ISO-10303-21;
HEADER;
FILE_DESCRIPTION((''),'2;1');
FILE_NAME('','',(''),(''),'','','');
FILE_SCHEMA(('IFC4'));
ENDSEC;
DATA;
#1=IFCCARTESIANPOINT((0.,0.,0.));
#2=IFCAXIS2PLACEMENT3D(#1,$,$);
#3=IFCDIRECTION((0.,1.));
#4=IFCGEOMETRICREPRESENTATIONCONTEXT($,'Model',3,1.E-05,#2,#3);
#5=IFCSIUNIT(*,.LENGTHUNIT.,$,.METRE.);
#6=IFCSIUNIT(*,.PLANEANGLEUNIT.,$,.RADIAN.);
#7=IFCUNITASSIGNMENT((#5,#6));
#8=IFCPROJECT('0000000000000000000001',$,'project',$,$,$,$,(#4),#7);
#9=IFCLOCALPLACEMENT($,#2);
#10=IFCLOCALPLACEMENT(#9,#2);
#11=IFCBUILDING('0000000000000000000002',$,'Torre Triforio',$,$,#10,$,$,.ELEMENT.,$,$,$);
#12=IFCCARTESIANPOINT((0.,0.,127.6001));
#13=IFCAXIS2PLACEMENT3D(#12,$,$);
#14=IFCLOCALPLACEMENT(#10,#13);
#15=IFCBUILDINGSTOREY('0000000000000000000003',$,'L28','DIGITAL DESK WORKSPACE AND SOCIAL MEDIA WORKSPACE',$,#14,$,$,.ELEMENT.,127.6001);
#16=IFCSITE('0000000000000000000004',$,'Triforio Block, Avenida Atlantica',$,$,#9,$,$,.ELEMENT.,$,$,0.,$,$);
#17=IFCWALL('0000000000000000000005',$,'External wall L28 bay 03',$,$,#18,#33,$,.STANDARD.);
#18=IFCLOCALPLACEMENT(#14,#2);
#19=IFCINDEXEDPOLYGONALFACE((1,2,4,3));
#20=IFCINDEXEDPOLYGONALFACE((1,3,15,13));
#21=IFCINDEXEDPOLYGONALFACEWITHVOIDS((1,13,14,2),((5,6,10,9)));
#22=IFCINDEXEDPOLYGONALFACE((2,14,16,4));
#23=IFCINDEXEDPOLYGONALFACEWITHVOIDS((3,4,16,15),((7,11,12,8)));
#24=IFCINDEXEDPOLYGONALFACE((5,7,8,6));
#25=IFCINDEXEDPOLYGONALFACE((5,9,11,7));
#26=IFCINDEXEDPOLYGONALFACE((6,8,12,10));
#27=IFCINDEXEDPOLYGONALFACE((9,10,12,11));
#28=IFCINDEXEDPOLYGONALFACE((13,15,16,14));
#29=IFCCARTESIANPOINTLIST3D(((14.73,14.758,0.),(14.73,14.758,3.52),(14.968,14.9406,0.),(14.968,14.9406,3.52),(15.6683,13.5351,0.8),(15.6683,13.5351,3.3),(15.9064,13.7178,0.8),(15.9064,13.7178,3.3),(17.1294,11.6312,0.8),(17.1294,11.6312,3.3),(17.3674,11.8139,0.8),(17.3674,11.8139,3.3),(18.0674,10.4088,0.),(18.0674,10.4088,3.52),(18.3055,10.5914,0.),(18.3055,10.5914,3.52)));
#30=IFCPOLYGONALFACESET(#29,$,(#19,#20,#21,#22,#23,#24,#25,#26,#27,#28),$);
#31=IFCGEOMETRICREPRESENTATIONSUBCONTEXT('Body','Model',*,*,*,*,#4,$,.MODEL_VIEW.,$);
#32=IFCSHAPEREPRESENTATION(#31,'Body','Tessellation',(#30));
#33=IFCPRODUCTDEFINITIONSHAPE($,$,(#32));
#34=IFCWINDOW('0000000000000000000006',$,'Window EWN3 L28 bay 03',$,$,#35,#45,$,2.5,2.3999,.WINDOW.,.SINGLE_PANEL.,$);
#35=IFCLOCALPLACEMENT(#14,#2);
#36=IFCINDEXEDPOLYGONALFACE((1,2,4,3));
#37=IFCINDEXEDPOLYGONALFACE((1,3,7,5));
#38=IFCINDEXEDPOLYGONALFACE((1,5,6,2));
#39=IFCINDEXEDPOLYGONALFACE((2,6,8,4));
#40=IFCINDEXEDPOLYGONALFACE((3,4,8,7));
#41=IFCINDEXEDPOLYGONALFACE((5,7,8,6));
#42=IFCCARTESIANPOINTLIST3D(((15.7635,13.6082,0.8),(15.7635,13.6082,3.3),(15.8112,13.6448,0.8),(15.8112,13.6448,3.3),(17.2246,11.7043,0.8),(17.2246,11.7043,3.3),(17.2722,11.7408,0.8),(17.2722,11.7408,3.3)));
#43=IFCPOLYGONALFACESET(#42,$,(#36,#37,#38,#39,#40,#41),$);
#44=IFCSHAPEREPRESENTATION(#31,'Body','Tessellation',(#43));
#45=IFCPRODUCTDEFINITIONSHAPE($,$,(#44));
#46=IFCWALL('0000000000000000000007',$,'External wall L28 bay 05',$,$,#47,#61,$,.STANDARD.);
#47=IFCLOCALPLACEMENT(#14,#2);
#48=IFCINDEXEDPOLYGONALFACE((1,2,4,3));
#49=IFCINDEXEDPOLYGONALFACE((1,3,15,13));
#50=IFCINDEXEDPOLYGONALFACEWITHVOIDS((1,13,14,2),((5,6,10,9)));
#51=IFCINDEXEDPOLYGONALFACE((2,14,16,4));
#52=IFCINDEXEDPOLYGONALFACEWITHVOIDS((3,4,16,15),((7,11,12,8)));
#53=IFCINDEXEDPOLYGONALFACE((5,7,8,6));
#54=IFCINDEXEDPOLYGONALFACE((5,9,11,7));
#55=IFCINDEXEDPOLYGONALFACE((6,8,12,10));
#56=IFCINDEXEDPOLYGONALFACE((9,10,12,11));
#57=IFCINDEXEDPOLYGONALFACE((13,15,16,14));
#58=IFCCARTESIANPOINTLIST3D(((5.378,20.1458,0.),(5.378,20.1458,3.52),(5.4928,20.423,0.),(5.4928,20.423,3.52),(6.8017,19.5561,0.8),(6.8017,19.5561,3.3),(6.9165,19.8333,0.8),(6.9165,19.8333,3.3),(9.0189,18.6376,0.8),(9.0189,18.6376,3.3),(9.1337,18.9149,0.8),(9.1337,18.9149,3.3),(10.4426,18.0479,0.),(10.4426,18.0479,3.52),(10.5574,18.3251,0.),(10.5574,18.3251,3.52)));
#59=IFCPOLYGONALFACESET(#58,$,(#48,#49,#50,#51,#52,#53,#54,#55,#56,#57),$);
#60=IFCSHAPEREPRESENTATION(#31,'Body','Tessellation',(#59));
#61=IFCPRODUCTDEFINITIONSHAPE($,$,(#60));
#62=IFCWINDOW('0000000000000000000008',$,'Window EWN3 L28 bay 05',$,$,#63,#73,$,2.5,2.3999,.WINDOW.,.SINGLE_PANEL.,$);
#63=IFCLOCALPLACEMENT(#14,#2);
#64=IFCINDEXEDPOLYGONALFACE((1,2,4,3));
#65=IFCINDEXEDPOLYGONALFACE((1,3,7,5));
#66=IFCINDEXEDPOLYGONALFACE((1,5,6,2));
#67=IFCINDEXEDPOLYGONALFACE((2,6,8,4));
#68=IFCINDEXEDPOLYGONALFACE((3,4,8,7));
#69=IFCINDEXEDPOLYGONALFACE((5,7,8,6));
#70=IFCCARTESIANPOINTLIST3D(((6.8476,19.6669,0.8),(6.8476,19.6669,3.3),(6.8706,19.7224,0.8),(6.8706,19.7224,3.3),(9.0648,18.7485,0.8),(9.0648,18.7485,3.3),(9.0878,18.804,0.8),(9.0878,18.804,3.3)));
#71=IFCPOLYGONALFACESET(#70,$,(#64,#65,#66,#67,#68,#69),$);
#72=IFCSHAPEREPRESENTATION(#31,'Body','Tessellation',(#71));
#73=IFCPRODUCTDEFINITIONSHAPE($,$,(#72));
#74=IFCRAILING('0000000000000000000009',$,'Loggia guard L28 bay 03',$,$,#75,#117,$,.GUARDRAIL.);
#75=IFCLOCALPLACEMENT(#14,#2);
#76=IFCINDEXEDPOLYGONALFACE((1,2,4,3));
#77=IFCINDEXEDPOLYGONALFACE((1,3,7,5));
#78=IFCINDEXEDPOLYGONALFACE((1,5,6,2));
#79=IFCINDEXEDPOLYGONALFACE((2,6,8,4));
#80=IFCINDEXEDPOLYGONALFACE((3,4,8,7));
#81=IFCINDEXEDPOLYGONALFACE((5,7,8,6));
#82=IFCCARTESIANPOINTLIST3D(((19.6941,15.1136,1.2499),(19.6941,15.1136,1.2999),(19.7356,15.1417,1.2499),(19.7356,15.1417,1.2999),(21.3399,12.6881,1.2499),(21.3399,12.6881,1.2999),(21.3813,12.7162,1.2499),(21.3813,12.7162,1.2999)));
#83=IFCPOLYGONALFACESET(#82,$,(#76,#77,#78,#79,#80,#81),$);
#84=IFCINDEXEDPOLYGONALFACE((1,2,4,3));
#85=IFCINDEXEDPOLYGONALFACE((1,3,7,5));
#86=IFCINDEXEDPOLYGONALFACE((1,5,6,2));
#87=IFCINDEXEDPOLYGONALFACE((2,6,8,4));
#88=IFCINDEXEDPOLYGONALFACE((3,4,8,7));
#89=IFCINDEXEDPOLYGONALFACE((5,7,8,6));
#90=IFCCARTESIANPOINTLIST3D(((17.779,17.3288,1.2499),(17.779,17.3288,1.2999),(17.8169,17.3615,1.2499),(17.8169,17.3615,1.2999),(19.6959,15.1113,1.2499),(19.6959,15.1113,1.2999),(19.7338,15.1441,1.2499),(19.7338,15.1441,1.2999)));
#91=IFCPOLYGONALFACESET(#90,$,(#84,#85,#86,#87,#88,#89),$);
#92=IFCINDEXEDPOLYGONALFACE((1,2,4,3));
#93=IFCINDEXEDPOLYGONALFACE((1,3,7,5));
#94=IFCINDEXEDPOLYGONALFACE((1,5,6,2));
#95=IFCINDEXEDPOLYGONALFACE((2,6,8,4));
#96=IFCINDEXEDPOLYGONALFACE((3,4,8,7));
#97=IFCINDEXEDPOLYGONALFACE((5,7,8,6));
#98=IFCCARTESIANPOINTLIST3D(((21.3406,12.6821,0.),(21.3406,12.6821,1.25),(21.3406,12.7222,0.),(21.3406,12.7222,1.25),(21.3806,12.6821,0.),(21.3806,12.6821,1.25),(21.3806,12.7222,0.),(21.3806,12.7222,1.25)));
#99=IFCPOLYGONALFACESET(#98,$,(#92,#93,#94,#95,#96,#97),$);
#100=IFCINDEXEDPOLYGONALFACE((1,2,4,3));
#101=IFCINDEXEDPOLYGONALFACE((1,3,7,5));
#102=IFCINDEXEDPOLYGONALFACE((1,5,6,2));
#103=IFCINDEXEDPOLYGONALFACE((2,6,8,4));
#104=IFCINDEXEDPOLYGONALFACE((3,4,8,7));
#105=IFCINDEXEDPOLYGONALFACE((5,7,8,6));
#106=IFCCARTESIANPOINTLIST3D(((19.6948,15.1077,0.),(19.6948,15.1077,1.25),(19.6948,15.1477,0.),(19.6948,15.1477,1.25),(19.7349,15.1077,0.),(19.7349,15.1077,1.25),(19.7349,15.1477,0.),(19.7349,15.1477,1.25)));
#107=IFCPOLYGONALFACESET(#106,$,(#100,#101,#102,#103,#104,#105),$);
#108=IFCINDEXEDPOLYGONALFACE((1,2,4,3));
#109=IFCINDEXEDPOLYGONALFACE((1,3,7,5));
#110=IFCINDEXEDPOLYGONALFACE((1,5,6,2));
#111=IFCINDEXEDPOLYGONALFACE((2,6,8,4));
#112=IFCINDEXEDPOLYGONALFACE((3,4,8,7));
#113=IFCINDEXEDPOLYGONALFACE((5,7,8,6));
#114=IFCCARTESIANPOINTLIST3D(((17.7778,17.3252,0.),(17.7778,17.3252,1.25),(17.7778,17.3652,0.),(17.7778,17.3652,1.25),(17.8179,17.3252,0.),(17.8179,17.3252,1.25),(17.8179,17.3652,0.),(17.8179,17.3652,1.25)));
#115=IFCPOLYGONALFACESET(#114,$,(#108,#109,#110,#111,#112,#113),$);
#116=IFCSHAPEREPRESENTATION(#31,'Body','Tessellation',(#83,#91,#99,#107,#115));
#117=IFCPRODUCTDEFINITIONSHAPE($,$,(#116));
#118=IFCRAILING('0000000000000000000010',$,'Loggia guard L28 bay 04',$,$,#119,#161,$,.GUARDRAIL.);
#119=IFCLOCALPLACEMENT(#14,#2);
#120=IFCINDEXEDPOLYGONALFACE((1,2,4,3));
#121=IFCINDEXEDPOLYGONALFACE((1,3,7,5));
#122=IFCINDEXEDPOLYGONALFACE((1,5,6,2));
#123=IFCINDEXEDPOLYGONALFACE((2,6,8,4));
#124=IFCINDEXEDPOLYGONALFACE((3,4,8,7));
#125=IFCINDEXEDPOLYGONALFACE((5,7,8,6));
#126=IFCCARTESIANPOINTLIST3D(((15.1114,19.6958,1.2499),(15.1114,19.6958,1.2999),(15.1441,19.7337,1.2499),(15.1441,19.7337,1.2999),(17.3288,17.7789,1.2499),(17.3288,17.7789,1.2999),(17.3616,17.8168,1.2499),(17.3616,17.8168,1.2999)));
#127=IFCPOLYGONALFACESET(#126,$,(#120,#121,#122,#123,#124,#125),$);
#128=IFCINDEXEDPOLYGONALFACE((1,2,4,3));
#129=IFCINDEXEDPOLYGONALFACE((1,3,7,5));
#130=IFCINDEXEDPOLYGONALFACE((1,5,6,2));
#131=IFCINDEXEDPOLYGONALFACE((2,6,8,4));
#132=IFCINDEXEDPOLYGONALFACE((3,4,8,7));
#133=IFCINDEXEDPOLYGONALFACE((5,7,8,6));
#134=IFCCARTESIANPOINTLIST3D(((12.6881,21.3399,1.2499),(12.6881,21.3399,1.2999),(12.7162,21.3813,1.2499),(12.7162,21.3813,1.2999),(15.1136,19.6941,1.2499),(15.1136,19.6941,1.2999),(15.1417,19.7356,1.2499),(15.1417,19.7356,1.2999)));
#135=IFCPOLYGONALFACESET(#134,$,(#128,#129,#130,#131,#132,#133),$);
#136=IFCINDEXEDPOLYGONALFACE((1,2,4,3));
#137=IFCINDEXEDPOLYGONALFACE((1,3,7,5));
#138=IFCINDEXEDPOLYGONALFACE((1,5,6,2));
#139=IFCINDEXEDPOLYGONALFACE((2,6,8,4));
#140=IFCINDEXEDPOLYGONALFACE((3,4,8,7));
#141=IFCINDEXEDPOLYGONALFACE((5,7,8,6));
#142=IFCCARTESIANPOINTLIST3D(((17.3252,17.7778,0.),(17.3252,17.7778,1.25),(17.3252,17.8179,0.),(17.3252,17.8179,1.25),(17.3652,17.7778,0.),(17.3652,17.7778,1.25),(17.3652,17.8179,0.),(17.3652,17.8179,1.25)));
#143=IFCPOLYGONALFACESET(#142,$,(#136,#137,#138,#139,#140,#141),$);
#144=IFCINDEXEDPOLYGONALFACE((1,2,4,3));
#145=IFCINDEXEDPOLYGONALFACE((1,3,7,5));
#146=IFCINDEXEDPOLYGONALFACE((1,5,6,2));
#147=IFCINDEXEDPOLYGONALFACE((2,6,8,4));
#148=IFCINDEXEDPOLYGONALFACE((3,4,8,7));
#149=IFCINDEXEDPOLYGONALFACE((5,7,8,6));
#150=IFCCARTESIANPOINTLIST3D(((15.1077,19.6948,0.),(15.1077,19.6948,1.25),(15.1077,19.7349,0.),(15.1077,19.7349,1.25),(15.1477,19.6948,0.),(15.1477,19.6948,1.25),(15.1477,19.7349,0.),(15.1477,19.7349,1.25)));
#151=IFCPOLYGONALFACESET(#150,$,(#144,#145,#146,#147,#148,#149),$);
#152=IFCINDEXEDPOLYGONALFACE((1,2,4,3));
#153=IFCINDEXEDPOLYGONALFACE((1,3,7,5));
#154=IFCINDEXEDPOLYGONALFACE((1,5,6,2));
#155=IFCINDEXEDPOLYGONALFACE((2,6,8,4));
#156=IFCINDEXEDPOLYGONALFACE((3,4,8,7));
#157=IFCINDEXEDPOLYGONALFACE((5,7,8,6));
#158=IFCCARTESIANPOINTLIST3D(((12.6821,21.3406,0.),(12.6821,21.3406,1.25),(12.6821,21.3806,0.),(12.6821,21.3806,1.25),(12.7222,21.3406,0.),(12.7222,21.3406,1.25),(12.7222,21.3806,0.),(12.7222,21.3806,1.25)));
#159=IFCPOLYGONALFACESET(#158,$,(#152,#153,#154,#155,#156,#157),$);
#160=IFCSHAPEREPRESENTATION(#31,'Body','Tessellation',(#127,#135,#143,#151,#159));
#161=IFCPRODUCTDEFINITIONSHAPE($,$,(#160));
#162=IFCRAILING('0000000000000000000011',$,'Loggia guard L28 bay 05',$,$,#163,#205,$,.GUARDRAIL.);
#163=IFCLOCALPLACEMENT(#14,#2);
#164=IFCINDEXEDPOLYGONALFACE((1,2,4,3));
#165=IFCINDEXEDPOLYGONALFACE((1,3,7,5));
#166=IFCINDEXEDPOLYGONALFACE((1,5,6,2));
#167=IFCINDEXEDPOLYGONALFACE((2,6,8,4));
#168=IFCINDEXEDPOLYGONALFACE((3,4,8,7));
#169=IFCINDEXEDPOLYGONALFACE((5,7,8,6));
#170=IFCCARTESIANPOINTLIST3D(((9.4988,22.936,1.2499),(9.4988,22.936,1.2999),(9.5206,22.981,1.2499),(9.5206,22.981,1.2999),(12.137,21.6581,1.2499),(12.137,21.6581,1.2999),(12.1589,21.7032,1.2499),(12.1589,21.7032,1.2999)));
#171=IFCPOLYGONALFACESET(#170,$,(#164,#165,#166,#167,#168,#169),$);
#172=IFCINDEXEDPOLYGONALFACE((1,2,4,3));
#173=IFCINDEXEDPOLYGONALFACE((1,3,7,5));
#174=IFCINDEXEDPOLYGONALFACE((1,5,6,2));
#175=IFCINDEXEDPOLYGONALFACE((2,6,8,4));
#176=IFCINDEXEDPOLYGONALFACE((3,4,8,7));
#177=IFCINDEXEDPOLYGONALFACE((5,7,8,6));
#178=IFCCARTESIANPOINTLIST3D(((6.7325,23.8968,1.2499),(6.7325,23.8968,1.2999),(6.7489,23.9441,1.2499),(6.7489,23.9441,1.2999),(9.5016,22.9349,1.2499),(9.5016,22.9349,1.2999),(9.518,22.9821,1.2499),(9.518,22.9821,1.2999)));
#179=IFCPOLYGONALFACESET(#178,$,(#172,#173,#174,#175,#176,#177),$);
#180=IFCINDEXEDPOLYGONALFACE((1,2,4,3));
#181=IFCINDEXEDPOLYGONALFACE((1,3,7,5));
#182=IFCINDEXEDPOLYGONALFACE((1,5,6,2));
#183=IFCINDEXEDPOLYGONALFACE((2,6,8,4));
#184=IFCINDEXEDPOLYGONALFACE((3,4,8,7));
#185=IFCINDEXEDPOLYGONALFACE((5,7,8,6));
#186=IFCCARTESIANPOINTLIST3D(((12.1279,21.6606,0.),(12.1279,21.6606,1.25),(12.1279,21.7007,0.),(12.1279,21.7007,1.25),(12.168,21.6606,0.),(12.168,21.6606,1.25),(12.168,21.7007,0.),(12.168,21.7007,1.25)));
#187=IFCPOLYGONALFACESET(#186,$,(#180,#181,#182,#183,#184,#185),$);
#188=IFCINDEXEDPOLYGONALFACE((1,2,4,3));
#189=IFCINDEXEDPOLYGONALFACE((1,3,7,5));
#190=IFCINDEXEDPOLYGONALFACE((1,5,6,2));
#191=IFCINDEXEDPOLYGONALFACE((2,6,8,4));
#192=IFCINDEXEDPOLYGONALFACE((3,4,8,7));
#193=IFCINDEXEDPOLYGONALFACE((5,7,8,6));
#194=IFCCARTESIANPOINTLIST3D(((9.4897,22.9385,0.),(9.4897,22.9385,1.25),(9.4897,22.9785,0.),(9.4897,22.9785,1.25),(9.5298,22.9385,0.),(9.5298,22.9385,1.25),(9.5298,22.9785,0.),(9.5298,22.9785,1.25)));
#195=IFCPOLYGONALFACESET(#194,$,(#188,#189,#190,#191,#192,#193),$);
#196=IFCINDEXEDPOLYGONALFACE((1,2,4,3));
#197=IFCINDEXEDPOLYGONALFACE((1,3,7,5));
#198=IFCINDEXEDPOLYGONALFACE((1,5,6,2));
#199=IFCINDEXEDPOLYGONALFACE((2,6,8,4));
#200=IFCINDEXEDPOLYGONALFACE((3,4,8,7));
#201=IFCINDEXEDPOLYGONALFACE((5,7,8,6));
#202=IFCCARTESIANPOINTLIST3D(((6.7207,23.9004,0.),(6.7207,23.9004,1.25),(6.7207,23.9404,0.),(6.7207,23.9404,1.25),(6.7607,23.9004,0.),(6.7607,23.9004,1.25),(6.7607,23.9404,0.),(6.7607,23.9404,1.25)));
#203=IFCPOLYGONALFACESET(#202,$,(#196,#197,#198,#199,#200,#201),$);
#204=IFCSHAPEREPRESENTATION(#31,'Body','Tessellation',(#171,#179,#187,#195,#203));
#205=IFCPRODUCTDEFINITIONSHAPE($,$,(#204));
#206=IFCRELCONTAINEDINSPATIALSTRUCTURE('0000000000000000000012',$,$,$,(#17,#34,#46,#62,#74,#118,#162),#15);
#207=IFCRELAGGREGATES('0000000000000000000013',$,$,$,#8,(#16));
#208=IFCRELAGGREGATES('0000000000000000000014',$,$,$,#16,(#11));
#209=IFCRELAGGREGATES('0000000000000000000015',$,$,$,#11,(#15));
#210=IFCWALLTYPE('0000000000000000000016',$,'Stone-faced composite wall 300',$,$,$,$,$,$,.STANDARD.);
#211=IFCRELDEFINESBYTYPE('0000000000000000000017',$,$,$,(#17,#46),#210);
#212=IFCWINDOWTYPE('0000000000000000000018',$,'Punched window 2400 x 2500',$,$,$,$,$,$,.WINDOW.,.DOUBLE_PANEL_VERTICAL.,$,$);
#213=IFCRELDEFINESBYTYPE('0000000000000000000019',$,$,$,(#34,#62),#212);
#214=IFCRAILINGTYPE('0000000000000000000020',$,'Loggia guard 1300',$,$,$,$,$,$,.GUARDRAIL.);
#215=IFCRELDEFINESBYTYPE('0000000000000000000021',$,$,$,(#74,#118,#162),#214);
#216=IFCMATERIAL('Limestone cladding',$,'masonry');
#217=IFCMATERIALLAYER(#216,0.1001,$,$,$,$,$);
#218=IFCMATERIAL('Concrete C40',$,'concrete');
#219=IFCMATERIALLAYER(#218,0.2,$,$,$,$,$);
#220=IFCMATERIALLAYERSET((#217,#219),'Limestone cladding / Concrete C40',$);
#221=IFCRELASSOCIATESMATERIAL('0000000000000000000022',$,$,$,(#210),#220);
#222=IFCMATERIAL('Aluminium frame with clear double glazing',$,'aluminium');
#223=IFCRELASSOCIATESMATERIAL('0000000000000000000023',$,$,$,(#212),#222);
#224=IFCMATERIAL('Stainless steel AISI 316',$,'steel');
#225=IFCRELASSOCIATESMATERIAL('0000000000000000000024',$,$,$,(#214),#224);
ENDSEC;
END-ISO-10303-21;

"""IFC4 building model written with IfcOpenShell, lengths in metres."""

from ifc_helpers import new_model, si_unit, direction, frame, frame_2d, origin, origin_2d, place, context, subcontext, project, spatial, rectangle, extrude, material, layer, layer_set, type_object, element, fill, save


model = new_model("IFC4")

# Units and contexts
model_context = context("Model", 3, precision=1e-05, world=origin(), true_north=direction((0.0, 1.0)))
body_context = subcontext(model_context, "Body", "Model", "MODEL_VIEW")
ifc_project = project(units=[si_unit("LENGTHUNIT", "METRE"), si_unit("PLANEANGLEUNIT", "RADIAN")], contexts=[model_context])

# Site, building, storey
site_placement = place(None, origin())
site = spatial("IfcSite", under=ifc_project, at=site_placement, Name="Triforio Block, Avenida Atlantica", CompositionType="ELEMENT", RefElevation=0.0)
building_placement = place(site_placement, origin())
building = spatial("IfcBuilding", under=site, at=building_placement, Name="Torre Triforio", CompositionType="ELEMENT")
storey_placement = place(building_placement, frame((0.0, 0.0, 127.6001)))
storey = spatial("IfcBuildingStorey", under=building, at=storey_placement, Name="L28", Description="DIGITAL DESK WORKSPACE AND SOCIAL MEDIA WORKSPACE", CompositionType="ELEMENT", Elevation=127.6001)

# Shared definitions
ifc_material_1 = material(Name="Limestone cladding", Category="masonry")
ifc_material_2 = material(Name="Concrete C40", Category="concrete")

# Wall, opening, window
ifc_layer_1 = layer(ifc_material_1, 0.1001)
ifc_layer_2 = layer(ifc_material_2, 0.2)
ifc_layer_set_1 = layer_set([ifc_layer_1, ifc_layer_2], Name="Limestone cladding / Concrete C40")
wall_type_1 = type_object("IfcWallType", Name="Stone-faced composite wall 300", PredefinedType="STANDARD", material=ifc_layer_set_1)
wall_1_placement = place(storey_placement, frame((18.1865, 10.5, 0.0), z_axis=(0.0, 0.0, 1.0), x_axis=(-0.608785, 0.793335, 0.0)))
wall_1 = element("IfcWall", 1, at=wall_1_placement, inside=storey, type_object=wall_type_1, Name="External wall L28 bay 03", PredefinedType="STANDARD", context=body_context, shape_type="SweptSolid", body=[
    extrude(rectangle(XDim=5.4822, YDim=0.3, at=frame_2d((2.7412, 0.0))), origin(), (0.0, 0.0, 1.0), 3.52),
])
opening_1_placement = place(wall_1_placement, frame((1.541, 0.0, 0.8)))
opening_1 = element("IfcOpeningElement", 2, at=opening_1_placement, cuts=wall_1, PredefinedType="OPENING", context=body_context, shape_type="SweptSolid", body=[
    extrude(rectangle(XDim=2.3999, YDim=2.5, at=frame_2d((1.2, 1.25))), frame((0.0, 0.1599, 0.0), z_axis=(0.0, -1.0, 0.0), x_axis=(1.0, 0.0, 0.0)), (0.0, 0.0, 1.0), 0.3201),
])
ifc_material_3 = material(Name="Aluminium frame with clear double glazing", Category="aluminium")
window_type_1 = type_object("IfcWindowType", Name="Punched window 2400 x 2500", PartitioningType="DOUBLE_PANEL_VERTICAL", PredefinedType="WINDOW", material=ifc_material_3)
window_1_placement = place(opening_1_placement, origin())
window_1 = element("IfcWindow", 3, at=window_1_placement, inside=storey, type_object=window_type_1, Name="Window EWN3 L28 bay 03", OverallHeight=2.5, OverallWidth=2.3999, PartitioningType="SINGLE_PANEL", PredefinedType="WINDOW", context=body_context, shape_type="SweptSolid", body=[
    extrude(rectangle(XDim=2.3999, YDim=2.5, at=frame_2d((1.2, 1.25))), frame((0.0, 0.03, 0.0), z_axis=(0.0, -1.0, 0.0), x_axis=(1.0, 0.0, 0.0)), (0.0, 0.0, 1.0), 0.0601),
])
fill(opening_1, window_1)

# Wall, opening, window
wall_2_placement = place(storey_placement, frame((10.5, 18.1865, 0.0), z_axis=(0.0, 0.0, 1.0), x_axis=(-0.923877, 0.382689, 0.0)))
wall_2 = element("IfcWall", 4, at=wall_2_placement, inside=storey, type_object=wall_type_1, Name="External wall L28 bay 05", PredefinedType="STANDARD", context=body_context, shape_type="SweptSolid", body=[
    extrude(rectangle(XDim=5.4819, YDim=0.3, at=frame_2d((2.741, 0.0))), origin(), (0.0, 0.0, 1.0), 3.52),
])
opening_2_placement = place(wall_2_placement, frame((1.541, 0.0, 0.8)))
opening_2 = element("IfcOpeningElement", 5, at=opening_2_placement, cuts=wall_2, PredefinedType="OPENING", context=body_context, shape_type="SweptSolid", body=[
    extrude(rectangle(XDim=2.3999, YDim=2.5, at=frame_2d((1.2, 1.25))), frame((0.0, 0.1599, 0.0), z_axis=(0.0, -1.0, 0.0), x_axis=(1.0, 0.0, 0.0)), (0.0, 0.0, 1.0), 0.3201),
])
window_2_placement = place(opening_2_placement, origin())
window_2 = element("IfcWindow", 6, at=window_2_placement, inside=storey, type_object=window_type_1, Name="Window EWN3 L28 bay 05", OverallHeight=2.5, OverallWidth=2.3999, PartitioningType="SINGLE_PANEL", PredefinedType="WINDOW", context=body_context, shape_type="SweptSolid", body=[
    extrude(rectangle(XDim=2.3999, YDim=2.5, at=frame_2d((1.2, 1.25))), frame((0.0, 0.03, 0.0), z_axis=(0.0, -1.0, 0.0), x_axis=(1.0, 0.0, 0.0)), (0.0, 0.0, 1.0), 0.0601),
])
fill(opening_2, window_2)

# Railings
ifc_material_4 = material(Name="Stainless steel AISI 316", Category="steel")
railing_type = type_object("IfcRailingType", Name="Loggia guard 1300", PredefinedType="GUARDRAIL", material=ifc_material_4)
railing_1_placement = place(storey_placement, frame((21.3606, 12.7021, 0.0)))
element("IfcRailing", 7, at=railing_1_placement, inside=storey, type_object=railing_type, Name="Loggia guard L28 bay 03", PredefinedType="GUARDRAIL", context=body_context, shape_type="SweptSolid", body=[
    extrude(rectangle(XDim=0.05, YDim=0.05, at=origin_2d()), frame((0.0, 0.0, 1.2749), z_axis=(-0.561467, 0.827499, 0.0), x_axis=(-0.827499, -0.561467, 0.0)), (0.0, 0.0, 1.0), 2.9312),
    extrude(rectangle(XDim=0.05, YDim=0.05, at=origin_2d()), frame((-1.6458, 2.4255, 1.2749), z_axis=(-0.653982, 0.75651, 0.0), x_axis=(-0.75651, -0.653982, 0.0)), (0.0, 0.0, 1.0), 2.9312),
    extrude(rectangle(XDim=0.04, YDim=0.04, at=origin_2d()), origin(), (0.0, 0.0, 1.0), 1.25),
    extrude(rectangle(XDim=0.04, YDim=0.04, at=origin_2d()), frame((-1.6458, 2.4255, 0.0)), (0.0, 0.0, 1.0), 1.25),
    extrude(rectangle(XDim=0.04, YDim=0.04, at=origin_2d()), frame((-3.5627, 4.6431, 0.0)), (0.0, 0.0, 1.0), 1.25),
])
railing_2_placement = place(storey_placement, frame((17.3452, 17.7979, 0.0)))
element("IfcRailing", 8, at=railing_2_placement, inside=storey, type_object=railing_type, Name="Loggia guard L28 bay 04", PredefinedType="GUARDRAIL", context=body_context, shape_type="SweptSolid", body=[
    extrude(rectangle(XDim=0.05, YDim=0.05, at=origin_2d()), frame((0.0, 0.0, 1.2749), z_axis=(-0.75651, 0.653982, 0.0), x_axis=(-0.653982, -0.75651, 0.0)), (0.0, 0.0, 1.0), 2.9312),
    extrude(rectangle(XDim=0.05, YDim=0.05, at=origin_2d()), frame((-2.2175, 1.917, 1.2749), z_axis=(-0.827499, 0.561467, 0.0), x_axis=(-0.561467, -0.827499, 0.0)), (0.0, 0.0, 1.0), 2.9312),
    extrude(rectangle(XDim=0.04, YDim=0.04, at=origin_2d()), origin(), (0.0, 0.0, 1.0), 1.25),
    extrude(rectangle(XDim=0.04, YDim=0.04, at=origin_2d()), frame((-2.2175, 1.917, 0.0)), (0.0, 0.0, 1.0), 1.25),
    extrude(rectangle(XDim=0.04, YDim=0.04, at=origin_2d()), frame((-4.6431, 3.5627, 0.0)), (0.0, 0.0, 1.0), 1.25),
])
railing_3_placement = place(storey_placement, frame((12.1479, 21.6807, 0.0)))
element("IfcRailing", 9, at=railing_3_placement, inside=storey, type_object=railing_type, Name="Loggia guard L28 bay 05", PredefinedType="GUARDRAIL", context=body_context, shape_type="SweptSolid", body=[
    extrude(rectangle(XDim=0.05, YDim=0.05, at=origin_2d()), frame((0.0, 0.0, 1.2749), z_axis=(-0.899986, 0.435918, 0.0), x_axis=(-0.435918, -0.899986, 0.0)), (0.0, 0.0, 1.0), 2.9314),
    extrude(rectangle(XDim=0.05, YDim=0.05, at=origin_2d()), frame((-2.6382, 1.2778, 1.2749), z_axis=(-0.944627, 0.328146, 0.0), x_axis=(-0.328146, -0.944627, 0.0)), (0.0, 0.0, 1.0), 2.9314),
    extrude(rectangle(XDim=0.04, YDim=0.04, at=origin_2d()), origin(), (0.0, 0.0, 1.0), 1.25),
    extrude(rectangle(XDim=0.04, YDim=0.04, at=origin_2d()), frame((-2.6382, 1.2778, 0.0)), (0.0, 0.0, 1.0), 1.25),
    extrude(rectangle(XDim=0.04, YDim=0.04, at=origin_2d()), frame((-5.4072, 2.2397, 0.0)), (0.0, 0.0, 1.0), 1.25),
])

save(model, "model.ifc")
